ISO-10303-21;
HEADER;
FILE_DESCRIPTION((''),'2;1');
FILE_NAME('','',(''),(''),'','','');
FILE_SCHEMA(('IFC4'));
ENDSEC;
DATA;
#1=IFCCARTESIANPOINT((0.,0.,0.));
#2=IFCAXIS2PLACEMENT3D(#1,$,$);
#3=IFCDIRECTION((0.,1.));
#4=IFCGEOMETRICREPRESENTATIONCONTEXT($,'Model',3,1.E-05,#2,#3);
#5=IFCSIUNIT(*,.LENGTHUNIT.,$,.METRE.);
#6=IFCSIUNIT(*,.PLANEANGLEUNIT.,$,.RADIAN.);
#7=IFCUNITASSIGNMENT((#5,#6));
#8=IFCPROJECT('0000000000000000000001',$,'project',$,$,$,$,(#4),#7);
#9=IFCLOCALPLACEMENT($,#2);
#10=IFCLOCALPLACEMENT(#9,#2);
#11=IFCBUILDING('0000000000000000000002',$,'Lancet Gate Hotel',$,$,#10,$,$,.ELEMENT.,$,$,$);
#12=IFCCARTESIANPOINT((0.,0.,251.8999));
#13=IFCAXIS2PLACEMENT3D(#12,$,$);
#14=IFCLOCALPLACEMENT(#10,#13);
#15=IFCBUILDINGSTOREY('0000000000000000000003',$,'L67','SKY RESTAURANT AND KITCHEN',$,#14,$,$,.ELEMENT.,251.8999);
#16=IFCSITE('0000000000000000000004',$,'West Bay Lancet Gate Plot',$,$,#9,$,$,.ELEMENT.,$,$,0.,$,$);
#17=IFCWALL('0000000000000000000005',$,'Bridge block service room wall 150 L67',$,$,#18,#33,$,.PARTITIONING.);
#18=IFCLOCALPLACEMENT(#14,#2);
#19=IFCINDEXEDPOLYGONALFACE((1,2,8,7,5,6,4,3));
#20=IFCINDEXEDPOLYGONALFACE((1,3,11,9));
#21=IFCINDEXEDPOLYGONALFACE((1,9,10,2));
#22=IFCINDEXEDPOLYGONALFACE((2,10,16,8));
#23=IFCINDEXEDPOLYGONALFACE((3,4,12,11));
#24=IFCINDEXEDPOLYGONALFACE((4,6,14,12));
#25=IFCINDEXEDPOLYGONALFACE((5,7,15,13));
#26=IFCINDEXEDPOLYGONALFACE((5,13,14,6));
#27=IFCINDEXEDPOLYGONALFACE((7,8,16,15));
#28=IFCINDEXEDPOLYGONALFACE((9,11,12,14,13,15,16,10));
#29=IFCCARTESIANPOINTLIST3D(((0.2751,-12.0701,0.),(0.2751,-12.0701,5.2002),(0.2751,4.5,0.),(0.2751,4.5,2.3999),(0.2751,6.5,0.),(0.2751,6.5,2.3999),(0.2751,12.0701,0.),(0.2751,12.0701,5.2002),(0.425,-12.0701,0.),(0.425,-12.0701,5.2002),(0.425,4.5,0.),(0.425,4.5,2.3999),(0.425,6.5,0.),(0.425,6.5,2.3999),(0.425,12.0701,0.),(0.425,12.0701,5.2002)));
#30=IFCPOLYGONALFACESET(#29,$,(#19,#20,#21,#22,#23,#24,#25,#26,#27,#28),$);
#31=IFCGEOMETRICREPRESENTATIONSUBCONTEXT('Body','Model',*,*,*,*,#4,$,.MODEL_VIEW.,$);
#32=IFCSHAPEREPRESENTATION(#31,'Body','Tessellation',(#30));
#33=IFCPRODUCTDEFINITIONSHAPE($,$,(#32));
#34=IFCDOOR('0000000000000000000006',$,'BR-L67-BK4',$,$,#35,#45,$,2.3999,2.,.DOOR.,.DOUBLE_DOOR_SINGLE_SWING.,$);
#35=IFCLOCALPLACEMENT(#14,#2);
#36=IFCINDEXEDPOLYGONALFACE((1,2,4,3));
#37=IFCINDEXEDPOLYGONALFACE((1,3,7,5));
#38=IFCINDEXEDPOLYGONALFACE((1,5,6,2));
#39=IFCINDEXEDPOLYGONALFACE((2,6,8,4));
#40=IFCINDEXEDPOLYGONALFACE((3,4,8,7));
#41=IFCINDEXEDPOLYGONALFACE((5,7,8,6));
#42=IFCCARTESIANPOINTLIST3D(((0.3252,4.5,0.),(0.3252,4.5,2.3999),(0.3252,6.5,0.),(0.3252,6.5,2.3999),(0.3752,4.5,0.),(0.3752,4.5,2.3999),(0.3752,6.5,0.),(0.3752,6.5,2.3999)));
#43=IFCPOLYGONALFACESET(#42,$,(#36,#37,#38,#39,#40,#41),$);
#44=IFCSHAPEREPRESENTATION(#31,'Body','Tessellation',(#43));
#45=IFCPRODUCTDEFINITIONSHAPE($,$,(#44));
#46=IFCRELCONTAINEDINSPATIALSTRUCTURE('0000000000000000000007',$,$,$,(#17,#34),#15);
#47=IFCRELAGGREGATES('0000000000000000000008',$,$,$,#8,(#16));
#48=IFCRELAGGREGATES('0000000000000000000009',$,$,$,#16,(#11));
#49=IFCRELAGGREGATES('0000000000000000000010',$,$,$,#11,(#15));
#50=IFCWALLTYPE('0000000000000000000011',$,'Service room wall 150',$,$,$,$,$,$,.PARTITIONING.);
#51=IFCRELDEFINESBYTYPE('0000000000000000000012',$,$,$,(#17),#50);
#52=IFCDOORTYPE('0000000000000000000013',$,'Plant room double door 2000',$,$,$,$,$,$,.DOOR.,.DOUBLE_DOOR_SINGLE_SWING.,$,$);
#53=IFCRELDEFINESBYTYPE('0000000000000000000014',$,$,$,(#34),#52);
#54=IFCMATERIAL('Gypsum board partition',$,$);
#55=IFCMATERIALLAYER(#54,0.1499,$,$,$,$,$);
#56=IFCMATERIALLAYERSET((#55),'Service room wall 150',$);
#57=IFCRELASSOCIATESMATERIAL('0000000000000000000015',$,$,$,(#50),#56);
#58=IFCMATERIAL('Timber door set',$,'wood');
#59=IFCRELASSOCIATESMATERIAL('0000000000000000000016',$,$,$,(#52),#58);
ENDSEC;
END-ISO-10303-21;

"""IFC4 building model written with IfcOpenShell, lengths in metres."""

from ifc_helpers import new_model, si_unit, direction, frame, frame_2d, origin, place, context, subcontext, project, spatial, rectangle, extrude, material, layer, layer_set, type_object, element, fill, save


model = new_model("IFC4")

# Units and contexts
model_context = context("Model", 3, precision=1e-05, world=origin(), true_north=direction((0.0, 1.0)))
body_context = subcontext(model_context, "Body", "Model", "MODEL_VIEW")
ifc_project = project(units=[si_unit("LENGTHUNIT", "METRE"), si_unit("PLANEANGLEUNIT", "RADIAN")], contexts=[model_context])

# Site, building, storey
site_placement = place(None, origin())
site = spatial("IfcSite", under=ifc_project, at=site_placement, Name="West Bay Lancet Gate Plot", CompositionType="ELEMENT", RefElevation=0.0)
building_placement = place(site_placement, origin())
building = spatial("IfcBuilding", under=site, at=building_placement, Name="Lancet Gate Hotel", CompositionType="ELEMENT")
storey_placement = place(building_placement, frame((0.0, 0.0, 251.8999)))
storey = spatial("IfcBuildingStorey", under=building, at=storey_placement, Name="L67", Description="SKY RESTAURANT AND KITCHEN", CompositionType="ELEMENT", Elevation=251.8999)

# Wall, opening, door
ifc_material_1 = material(Name="Gypsum board partition")
ifc_layer_1 = layer(ifc_material_1, 0.1499)
ifc_layer_set_1 = layer_set([ifc_layer_1], Name="Service room wall 150")
wall_type = type_object("IfcWallType", Name="Service room wall 150", PredefinedType="PARTITIONING", material=ifc_layer_set_1)
wall_placement = place(storey_placement, frame((0.3501, -12.0701, 0.0), z_axis=(0.0, 0.0, 1.0), x_axis=(0.0, 1.0, 0.0)))
wall = element("IfcWall", 1, at=wall_placement, inside=storey, type_object=wall_type, Name="Bridge block service room wall 150 L67", PredefinedType="PARTITIONING", context=body_context, shape_type="SweptSolid", body=[
    extrude(rectangle(XDim=24.1401, YDim=0.1499, at=frame_2d((12.0701, 0.0))), origin(), (0.0, 0.0, 1.0), 5.2002),
])
opening_placement = place(wall_placement, frame((16.5701, 0.0, 0.0)))
opening = element("IfcOpeningElement", 2, at=opening_placement, cuts=wall, PredefinedType="OPENING", context=body_context, shape_type="SweptSolid", body=[
    extrude(rectangle(XDim=2.0, YDim=2.3999, at=frame_2d((1.0, 1.2))), frame((0.0, 0.085, 0.0), z_axis=(0.0, -1.0, 0.0), x_axis=(1.0, 0.0, 0.0)), (0.0, 0.0, 1.0), 0.1699),
])
ifc_material_2 = material(Name="Timber door set", Category="wood")
door_type = type_object("IfcDoorType", Name="Plant room double door 2000", OperationType="DOUBLE_DOOR_SINGLE_SWING", PredefinedType="DOOR", material=ifc_material_2)
door_placement = place(opening_placement, origin())
door = element("IfcDoor", 3, at=door_placement, inside=storey, type_object=door_type, Name="BR-L67-BK4", OperationType="DOUBLE_DOOR_SINGLE_SWING", OverallHeight=2.3999, OverallWidth=2.0, PredefinedType="DOOR", context=body_context, shape_type="SweptSolid", body=[
    extrude(rectangle(XDim=2.0, YDim=2.3999, at=frame_2d((1.0, 1.2))), frame((0.0, 0.0249, 0.0), z_axis=(0.0, -1.0, 0.0), x_axis=(1.0, 0.0, 0.0)), (0.0, 0.0, 1.0), 0.05),
])
fill(opening, door)

save(model, "model.ifc")
